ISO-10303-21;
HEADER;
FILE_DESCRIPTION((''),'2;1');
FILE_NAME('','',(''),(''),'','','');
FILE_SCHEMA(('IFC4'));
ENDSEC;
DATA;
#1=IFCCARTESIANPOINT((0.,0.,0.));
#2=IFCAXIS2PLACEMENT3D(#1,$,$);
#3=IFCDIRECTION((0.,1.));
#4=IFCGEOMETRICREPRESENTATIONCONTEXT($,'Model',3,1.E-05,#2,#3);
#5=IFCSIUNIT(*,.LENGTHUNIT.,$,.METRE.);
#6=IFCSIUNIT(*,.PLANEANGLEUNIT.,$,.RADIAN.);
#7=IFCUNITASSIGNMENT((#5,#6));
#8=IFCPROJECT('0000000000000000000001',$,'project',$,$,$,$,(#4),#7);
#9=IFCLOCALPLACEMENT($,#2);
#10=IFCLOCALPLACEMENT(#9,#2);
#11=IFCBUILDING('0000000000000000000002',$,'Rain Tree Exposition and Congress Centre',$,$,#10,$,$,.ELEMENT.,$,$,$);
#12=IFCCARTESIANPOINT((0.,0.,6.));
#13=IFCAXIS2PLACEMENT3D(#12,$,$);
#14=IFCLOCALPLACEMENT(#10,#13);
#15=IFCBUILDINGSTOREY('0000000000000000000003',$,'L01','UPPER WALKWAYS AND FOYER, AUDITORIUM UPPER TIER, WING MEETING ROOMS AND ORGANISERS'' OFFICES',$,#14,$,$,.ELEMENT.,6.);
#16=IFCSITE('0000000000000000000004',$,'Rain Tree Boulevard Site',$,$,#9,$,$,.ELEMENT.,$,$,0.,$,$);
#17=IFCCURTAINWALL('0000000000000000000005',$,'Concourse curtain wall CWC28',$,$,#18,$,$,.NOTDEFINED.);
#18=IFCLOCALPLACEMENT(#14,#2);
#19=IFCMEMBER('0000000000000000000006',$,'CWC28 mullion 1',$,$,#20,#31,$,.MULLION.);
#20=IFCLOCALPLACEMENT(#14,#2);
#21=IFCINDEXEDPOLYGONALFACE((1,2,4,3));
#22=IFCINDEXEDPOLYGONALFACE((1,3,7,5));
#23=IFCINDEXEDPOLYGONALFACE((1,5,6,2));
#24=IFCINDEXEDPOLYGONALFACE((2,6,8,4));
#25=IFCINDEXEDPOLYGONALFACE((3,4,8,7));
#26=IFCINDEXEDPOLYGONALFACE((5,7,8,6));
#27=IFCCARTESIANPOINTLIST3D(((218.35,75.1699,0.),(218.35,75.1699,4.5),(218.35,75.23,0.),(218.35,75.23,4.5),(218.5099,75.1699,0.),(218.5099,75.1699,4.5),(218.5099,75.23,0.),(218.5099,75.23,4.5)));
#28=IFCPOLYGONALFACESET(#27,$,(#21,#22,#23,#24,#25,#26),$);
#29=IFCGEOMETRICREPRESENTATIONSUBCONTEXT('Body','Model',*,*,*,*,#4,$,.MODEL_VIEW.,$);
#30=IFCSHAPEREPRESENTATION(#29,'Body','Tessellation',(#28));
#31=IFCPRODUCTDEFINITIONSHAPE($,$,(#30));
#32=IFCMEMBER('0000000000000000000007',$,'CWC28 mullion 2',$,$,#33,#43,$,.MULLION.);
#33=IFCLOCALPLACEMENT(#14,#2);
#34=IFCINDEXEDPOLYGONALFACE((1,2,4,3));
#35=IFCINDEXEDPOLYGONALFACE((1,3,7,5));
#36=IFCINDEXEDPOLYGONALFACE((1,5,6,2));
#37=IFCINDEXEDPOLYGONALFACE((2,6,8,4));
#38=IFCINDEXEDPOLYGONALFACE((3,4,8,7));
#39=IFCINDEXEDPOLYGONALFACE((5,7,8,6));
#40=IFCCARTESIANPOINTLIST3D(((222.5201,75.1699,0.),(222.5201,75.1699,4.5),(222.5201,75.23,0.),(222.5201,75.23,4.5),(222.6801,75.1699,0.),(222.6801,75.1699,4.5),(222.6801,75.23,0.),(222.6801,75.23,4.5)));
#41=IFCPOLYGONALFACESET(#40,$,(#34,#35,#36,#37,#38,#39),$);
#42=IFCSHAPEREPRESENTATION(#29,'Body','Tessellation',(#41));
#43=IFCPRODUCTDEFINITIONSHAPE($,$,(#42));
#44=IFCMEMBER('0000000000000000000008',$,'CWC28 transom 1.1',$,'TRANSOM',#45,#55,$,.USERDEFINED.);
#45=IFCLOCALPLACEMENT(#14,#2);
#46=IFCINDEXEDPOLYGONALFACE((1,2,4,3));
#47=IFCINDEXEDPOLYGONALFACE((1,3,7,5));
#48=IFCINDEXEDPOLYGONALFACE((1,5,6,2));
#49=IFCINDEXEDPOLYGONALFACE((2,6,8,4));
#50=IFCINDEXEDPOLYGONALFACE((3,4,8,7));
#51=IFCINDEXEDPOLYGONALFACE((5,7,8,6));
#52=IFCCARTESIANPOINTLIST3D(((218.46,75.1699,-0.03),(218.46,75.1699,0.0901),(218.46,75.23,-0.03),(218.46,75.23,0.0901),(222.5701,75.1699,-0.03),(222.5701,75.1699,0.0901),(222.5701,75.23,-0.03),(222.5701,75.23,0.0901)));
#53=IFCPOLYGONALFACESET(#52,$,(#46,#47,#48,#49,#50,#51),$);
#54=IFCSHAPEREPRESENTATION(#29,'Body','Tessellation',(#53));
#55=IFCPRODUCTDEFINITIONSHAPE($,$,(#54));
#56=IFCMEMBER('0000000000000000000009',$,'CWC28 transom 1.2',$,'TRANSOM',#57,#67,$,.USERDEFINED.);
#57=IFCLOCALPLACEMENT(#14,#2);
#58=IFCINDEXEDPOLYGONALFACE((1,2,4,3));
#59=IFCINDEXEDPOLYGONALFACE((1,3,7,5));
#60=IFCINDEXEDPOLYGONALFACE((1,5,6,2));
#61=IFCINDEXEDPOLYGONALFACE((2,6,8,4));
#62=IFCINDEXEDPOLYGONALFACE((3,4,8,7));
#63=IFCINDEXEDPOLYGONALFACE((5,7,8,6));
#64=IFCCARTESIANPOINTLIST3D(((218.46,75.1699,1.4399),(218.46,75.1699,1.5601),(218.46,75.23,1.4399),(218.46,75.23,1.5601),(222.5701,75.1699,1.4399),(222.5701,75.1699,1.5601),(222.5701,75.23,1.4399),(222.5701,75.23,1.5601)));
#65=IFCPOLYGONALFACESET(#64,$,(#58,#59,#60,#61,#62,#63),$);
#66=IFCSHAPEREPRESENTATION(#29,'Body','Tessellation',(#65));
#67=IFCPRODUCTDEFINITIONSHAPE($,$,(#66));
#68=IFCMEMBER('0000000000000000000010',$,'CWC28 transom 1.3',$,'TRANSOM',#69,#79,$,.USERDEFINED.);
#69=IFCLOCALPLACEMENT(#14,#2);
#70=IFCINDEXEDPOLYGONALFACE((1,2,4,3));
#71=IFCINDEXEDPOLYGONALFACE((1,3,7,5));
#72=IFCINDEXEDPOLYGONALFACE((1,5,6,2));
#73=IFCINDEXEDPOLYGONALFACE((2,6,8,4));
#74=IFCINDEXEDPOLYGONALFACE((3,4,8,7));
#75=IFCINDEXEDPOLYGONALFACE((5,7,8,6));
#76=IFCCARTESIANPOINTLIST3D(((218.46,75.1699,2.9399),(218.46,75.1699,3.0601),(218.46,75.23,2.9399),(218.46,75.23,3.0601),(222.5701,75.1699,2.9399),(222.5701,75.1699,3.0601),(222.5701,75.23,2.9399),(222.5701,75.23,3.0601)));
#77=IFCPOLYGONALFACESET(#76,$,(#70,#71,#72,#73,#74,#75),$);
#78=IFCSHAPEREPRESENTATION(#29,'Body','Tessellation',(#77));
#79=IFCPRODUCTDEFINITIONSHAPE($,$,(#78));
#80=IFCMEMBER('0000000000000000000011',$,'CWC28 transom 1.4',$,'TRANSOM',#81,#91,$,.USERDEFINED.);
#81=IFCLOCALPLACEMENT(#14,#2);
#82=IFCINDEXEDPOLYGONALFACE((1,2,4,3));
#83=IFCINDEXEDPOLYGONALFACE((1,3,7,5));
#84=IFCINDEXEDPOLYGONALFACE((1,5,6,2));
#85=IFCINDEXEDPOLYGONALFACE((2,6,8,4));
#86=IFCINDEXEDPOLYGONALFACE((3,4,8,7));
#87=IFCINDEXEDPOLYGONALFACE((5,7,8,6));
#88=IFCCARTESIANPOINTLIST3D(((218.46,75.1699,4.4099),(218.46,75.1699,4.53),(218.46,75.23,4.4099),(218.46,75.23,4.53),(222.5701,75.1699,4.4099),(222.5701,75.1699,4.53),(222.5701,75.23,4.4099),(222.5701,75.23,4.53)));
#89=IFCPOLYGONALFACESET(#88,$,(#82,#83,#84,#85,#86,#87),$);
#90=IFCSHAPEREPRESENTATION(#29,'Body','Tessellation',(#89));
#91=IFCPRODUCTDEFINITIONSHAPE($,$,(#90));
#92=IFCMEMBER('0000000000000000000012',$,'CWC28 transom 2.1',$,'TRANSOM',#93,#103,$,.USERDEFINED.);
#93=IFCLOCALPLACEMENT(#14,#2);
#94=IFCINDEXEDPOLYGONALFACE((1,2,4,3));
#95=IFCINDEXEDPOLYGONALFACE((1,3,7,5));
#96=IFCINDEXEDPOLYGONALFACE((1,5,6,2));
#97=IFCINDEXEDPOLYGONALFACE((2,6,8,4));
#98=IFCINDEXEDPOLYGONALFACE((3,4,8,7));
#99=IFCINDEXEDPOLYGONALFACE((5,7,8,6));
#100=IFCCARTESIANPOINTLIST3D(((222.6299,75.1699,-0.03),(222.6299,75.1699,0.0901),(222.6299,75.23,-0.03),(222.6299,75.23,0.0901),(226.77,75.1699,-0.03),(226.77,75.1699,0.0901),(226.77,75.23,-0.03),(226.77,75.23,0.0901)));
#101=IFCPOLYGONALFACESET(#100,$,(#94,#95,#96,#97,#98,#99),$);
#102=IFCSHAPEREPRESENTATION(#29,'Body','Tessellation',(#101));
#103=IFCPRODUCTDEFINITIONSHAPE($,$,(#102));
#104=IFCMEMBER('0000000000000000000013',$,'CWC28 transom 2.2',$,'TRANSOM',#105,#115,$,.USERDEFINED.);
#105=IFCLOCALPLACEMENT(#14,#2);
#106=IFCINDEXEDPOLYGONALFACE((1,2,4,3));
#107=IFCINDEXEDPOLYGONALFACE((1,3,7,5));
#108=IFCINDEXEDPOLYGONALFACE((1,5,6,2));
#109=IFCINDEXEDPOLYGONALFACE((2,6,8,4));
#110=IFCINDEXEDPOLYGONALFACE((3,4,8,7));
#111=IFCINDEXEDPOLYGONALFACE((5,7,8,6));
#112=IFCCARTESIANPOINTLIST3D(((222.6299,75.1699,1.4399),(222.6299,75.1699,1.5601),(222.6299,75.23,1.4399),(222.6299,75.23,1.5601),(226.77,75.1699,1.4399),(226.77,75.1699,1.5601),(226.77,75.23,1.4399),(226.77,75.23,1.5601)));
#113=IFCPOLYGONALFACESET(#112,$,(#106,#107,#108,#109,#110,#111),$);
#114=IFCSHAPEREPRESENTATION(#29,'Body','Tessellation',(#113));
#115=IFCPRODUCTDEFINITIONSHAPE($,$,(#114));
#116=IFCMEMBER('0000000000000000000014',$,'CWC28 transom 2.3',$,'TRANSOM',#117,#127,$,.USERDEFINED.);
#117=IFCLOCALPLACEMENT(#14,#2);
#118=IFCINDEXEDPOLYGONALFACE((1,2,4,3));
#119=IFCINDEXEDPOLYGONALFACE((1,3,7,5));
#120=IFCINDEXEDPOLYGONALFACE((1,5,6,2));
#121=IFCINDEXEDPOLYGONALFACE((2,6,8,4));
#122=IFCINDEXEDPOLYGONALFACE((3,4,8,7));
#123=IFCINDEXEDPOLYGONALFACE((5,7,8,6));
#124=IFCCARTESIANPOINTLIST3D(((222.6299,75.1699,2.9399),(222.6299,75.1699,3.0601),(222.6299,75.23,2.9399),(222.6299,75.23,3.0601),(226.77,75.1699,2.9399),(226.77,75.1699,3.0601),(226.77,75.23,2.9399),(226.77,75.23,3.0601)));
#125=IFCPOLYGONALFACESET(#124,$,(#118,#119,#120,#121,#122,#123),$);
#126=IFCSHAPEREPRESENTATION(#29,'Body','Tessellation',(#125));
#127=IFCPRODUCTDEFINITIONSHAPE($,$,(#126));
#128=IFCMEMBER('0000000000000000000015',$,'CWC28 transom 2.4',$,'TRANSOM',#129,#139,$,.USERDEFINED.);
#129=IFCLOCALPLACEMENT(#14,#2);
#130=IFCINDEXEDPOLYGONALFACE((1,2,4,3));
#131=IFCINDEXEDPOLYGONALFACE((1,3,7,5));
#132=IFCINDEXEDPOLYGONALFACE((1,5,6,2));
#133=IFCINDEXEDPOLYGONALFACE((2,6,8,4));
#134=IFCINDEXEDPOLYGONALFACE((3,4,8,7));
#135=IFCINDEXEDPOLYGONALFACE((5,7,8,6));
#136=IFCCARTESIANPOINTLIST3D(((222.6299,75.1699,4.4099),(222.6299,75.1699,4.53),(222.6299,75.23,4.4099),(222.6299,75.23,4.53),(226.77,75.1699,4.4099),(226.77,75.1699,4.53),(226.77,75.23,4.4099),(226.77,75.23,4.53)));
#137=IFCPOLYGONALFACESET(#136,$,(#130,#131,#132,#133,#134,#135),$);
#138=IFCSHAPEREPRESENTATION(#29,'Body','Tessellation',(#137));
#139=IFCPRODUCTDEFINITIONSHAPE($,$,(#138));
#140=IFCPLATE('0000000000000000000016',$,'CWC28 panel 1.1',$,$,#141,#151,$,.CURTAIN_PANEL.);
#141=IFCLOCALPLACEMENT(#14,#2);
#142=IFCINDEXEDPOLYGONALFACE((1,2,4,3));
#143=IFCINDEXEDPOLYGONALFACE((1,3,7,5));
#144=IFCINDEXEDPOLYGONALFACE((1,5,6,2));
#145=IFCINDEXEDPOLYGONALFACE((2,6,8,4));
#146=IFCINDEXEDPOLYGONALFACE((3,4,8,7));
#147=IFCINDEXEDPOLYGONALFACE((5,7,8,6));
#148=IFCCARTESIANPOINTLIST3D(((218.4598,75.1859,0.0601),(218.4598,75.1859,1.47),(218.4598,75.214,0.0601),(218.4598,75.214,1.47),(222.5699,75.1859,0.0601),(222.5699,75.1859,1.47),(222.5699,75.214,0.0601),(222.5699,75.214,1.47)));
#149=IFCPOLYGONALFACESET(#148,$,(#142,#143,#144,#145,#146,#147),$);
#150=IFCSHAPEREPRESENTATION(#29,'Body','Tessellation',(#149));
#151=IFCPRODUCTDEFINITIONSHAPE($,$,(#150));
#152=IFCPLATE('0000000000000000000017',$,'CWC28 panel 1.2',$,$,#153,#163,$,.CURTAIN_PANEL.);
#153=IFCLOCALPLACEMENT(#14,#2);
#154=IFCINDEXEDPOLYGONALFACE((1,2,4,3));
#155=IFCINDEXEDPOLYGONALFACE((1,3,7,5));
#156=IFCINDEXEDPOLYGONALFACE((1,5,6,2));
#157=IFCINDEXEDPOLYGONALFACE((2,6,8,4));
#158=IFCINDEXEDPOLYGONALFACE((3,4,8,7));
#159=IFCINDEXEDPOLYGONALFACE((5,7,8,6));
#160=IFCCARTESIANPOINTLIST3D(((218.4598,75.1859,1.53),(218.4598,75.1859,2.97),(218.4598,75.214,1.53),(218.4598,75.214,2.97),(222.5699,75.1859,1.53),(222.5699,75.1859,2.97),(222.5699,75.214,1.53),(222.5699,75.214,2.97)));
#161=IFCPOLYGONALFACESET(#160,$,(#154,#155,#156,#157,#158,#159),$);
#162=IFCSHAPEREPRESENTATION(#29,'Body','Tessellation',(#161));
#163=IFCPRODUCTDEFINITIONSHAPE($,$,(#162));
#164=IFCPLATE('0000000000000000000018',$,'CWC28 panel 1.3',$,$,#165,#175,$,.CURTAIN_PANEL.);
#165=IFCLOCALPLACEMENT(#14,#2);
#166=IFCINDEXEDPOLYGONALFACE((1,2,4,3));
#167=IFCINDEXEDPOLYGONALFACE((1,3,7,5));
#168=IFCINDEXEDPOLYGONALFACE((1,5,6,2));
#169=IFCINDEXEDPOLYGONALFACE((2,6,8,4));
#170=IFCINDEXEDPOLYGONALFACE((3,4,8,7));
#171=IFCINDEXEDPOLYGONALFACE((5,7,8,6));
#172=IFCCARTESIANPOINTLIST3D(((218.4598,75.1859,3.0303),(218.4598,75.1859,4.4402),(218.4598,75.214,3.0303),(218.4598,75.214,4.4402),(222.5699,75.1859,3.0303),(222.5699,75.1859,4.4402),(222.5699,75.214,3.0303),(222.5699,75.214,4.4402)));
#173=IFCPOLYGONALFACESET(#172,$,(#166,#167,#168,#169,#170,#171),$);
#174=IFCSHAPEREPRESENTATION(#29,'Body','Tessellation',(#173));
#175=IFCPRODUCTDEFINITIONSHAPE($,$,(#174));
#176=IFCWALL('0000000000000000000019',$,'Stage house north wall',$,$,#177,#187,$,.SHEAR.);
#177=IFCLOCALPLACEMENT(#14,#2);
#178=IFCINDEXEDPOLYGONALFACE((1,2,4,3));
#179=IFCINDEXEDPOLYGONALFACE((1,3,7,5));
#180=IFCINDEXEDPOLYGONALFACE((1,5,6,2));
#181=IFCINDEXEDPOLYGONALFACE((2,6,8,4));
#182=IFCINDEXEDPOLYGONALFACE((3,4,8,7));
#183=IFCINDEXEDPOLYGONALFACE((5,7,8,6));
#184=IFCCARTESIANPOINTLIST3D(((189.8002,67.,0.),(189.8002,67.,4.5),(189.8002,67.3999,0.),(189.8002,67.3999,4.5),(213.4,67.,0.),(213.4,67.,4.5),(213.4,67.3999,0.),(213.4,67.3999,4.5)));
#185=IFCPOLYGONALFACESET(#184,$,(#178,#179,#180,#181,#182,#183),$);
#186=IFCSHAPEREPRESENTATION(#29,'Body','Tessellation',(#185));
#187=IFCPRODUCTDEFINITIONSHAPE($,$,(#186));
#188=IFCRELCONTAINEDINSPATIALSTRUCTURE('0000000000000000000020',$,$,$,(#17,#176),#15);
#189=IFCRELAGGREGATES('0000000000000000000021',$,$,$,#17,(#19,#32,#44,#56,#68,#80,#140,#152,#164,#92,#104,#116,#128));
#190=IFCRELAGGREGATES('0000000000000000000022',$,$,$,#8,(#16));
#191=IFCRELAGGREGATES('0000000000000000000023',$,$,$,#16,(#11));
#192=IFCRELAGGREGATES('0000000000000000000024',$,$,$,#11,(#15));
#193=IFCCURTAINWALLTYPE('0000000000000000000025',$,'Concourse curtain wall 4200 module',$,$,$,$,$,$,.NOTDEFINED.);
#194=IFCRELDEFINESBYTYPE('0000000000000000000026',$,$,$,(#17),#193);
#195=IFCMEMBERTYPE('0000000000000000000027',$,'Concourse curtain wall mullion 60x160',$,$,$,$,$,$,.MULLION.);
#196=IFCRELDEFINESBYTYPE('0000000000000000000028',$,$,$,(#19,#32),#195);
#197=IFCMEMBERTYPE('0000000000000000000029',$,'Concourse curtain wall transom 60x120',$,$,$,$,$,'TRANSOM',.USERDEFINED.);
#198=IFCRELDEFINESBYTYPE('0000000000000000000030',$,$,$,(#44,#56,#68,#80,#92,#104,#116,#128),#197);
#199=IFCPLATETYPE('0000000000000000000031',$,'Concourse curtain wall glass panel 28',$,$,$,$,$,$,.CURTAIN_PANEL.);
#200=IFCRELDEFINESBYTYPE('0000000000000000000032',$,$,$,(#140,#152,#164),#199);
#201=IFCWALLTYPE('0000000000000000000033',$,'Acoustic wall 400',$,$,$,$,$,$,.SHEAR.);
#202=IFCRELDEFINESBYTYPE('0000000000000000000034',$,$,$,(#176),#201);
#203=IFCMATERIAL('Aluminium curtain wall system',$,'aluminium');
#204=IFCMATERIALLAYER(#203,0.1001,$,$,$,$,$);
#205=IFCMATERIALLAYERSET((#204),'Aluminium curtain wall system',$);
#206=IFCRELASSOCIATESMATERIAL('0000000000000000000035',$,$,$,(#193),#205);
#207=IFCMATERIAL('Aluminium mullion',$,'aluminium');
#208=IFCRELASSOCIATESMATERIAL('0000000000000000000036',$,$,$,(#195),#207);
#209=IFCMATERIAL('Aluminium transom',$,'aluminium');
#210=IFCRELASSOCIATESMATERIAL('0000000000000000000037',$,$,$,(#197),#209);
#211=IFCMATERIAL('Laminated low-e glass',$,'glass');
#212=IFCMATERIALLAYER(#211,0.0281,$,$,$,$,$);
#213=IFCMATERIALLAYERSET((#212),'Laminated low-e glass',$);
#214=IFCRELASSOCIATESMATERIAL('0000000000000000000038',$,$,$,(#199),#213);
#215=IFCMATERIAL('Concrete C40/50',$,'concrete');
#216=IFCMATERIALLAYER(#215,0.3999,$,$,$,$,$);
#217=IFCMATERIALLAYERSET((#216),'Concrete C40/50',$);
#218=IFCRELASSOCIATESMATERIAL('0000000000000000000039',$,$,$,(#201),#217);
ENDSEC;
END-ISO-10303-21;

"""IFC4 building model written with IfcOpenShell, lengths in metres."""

from ifc_helpers import new_model, si_unit, direction, frame, frame_2d, origin, origin_2d, place, context, subcontext, project, spatial, rectangle, extrude, material, layer, layer_set, material_profile, profile_set, type_object, element, aggregate, save


model = new_model("IFC4")

# Units and contexts
model_context = context("Model", 3, precision=1e-05, world=origin(), true_north=direction((0.0, 1.0)))
body_context = subcontext(model_context, "Body", "Model", "MODEL_VIEW")
ifc_project = project(units=[si_unit("LENGTHUNIT", "METRE"), si_unit("PLANEANGLEUNIT", "RADIAN")], contexts=[model_context])

# Site, building, storey
site_placement = place(None, origin())
site = spatial("IfcSite", under=ifc_project, at=site_placement, Name="Rain Tree Boulevard Site", CompositionType="ELEMENT", RefElevation=0.0)
building_placement = place(site_placement, origin())
building = spatial("IfcBuilding", under=site, at=building_placement, Name="Rain Tree Exposition and Congress Centre", CompositionType="ELEMENT")
storey_placement = place(building_placement, frame((0.0, 0.0, 6.0)))
storey = spatial("IfcBuildingStorey", under=building, at=storey_placement, Name="L01", Description="UPPER WALKWAYS AND FOYER, AUDITORIUM UPPER TIER, WING MEETING ROOMS AND ORGANISERS' OFFICES", CompositionType="ELEMENT", Elevation=6.0)

# Curtain wall, members, plates
ifc_material_1 = material(Name="Aluminium curtain wall system", Category="aluminium")
ifc_layer_1 = layer(ifc_material_1, 0.1001)
ifc_layer_set_1 = layer_set([ifc_layer_1], Name="Aluminium curtain wall system")
curtain_wall_type = type_object("IfcCurtainWallType", Name="Concourse curtain wall 4200 module", PredefinedType="NOTDEFINED", material=ifc_layer_set_1)
curtain_wall_placement = place(storey_placement, origin())
curtain_wall = element("IfcCurtainWall", 1, at=curtain_wall_placement, inside=storey, type_object=curtain_wall_type, Name="Concourse curtain wall CWC28", PredefinedType="NOTDEFINED")
ifc_material_2 = material(Name="Aluminium mullion", Category="aluminium")
ifc_material_profile_1 = material_profile(ifc_material_2, rectangle(XDim=0.0601, YDim=0.1599, at=origin_2d()), Name="AL 60x160")
ifc_profile_set_1 = profile_set([ifc_material_profile_1], Name="Aluminium mullion")
member_type_1 = type_object("IfcMemberType", Name="Concourse curtain wall mullion 60x160", PredefinedType="MULLION", material=ifc_profile_set_1)
member_1_placement = place(storey_placement, frame((218.4299, 75.2, 0.0), z_axis=(0.0, 0.0, 1.0), x_axis=(0.0, 1.0, 0.0)))
member_1 = element("IfcMember", 2, at=member_1_placement, type_object=member_type_1, Name="CWC28 mullion 1", PredefinedType="MULLION", context=body_context, shape_type="SweptSolid", body=[
    extrude(rectangle(XDim=0.0601, YDim=0.1599, at=origin_2d()), origin(), (0.0, 0.0, 1.0), 4.5),
])
member_2_placement = place(storey_placement, frame((222.6001, 75.2, 0.0), z_axis=(0.0, 0.0, 1.0), x_axis=(0.0, 1.0, 0.0)))
member_2 = element("IfcMember", 3, at=member_2_placement, type_object=member_type_1, Name="CWC28 mullion 2", PredefinedType="MULLION", context=body_context, shape_type="SweptSolid", body=[
    extrude(rectangle(XDim=0.0601, YDim=0.1599, at=origin_2d()), origin(), (0.0, 0.0, 1.0), 4.5),
])
ifc_material_3 = material(Name="Aluminium transom", Category="aluminium")
ifc_material_profile_2 = material_profile(ifc_material_3, rectangle(XDim=0.0601, YDim=0.1201, at=origin_2d()), Name="AL 60x120")
ifc_profile_set_2 = profile_set([ifc_material_profile_2], Name="Aluminium transom")
member_type_2 = type_object("IfcMemberType", Name="Concourse curtain wall transom 60x120", ElementType="TRANSOM", PredefinedType="USERDEFINED", material=ifc_profile_set_2)
member_3_placement = place(storey_placement, frame((218.46, 75.2, 0.03), z_axis=(1.0, 0.0, 0.0), x_axis=(0.0, 1.0, 0.0)))
member_3 = element("IfcMember", 4, at=member_3_placement, type_object=member_type_2, Name="CWC28 transom 1.1", ObjectType="TRANSOM", PredefinedType="USERDEFINED", context=body_context, shape_type="SweptSolid", body=[
    extrude(rectangle(XDim=0.0601, YDim=0.1201, at=origin_2d()), origin(), (0.0, 0.0, 1.0), 4.1101),
])
member_4_placement = place(storey_placement, frame((218.46, 75.2, 1.5), z_axis=(1.0, 0.0, 0.0), x_axis=(0.0, 1.0, 0.0)))
member_4 = element("IfcMember", 5, at=member_4_placement, type_object=member_type_2, Name="CWC28 transom 1.2", ObjectType="TRANSOM", PredefinedType="USERDEFINED", context=body_context, shape_type="SweptSolid", body=[
    extrude(rectangle(XDim=0.0601, YDim=0.1201, at=origin_2d()), origin(), (0.0, 0.0, 1.0), 4.1101),
])
member_5_placement = place(storey_placement, frame((218.46, 75.2, 3.0), z_axis=(1.0, 0.0, 0.0), x_axis=(0.0, 1.0, 0.0)))
member_5 = element("IfcMember", 6, at=member_5_placement, type_object=member_type_2, Name="CWC28 transom 1.3", ObjectType="TRANSOM", PredefinedType="USERDEFINED", context=body_context, shape_type="SweptSolid", body=[
    extrude(rectangle(XDim=0.0601, YDim=0.1201, at=origin_2d()), origin(), (0.0, 0.0, 1.0), 4.1101),
])
member_6_placement = place(storey_placement, frame((218.46, 75.2, 4.47), z_axis=(1.0, 0.0, 0.0), x_axis=(0.0, 1.0, 0.0)))
member_6 = element("IfcMember", 7, at=member_6_placement, type_object=member_type_2, Name="CWC28 transom 1.4", ObjectType="TRANSOM", PredefinedType="USERDEFINED", context=body_context, shape_type="SweptSolid", body=[
    extrude(rectangle(XDim=0.0601, YDim=0.1201, at=origin_2d()), origin(), (0.0, 0.0, 1.0), 4.1101),
])
member_7_placement = place(storey_placement, frame((222.6299, 75.2, 0.03), z_axis=(1.0, 0.0, 0.0), x_axis=(0.0, 1.0, 0.0)))
member_7 = element("IfcMember", 8, at=member_7_placement, type_object=member_type_2, Name="CWC28 transom 2.1", ObjectType="TRANSOM", PredefinedType="USERDEFINED", context=body_context, shape_type="SweptSolid", body=[
    extrude(rectangle(XDim=0.0601, YDim=0.1201, at=origin_2d()), origin(), (0.0, 0.0, 1.0), 4.1401),
])
member_8_placement = place(storey_placement, frame((222.6299, 75.2, 1.5), z_axis=(1.0, 0.0, 0.0), x_axis=(0.0, 1.0, 0.0)))
member_8 = element("IfcMember", 9, at=member_8_placement, type_object=member_type_2, Name="CWC28 transom 2.2", ObjectType="TRANSOM", PredefinedType="USERDEFINED", context=body_context, shape_type="SweptSolid", body=[
    extrude(rectangle(XDim=0.0601, YDim=0.1201, at=origin_2d()), origin(), (0.0, 0.0, 1.0), 4.1401),
])
member_9_placement = place(storey_placement, frame((222.6299, 75.2, 3.0), z_axis=(1.0, 0.0, 0.0), x_axis=(0.0, 1.0, 0.0)))
member_9 = element("IfcMember", 10, at=member_9_placement, type_object=member_type_2, Name="CWC28 transom 2.3", ObjectType="TRANSOM", PredefinedType="USERDEFINED", context=body_context, shape_type="SweptSolid", body=[
    extrude(rectangle(XDim=0.0601, YDim=0.1201, at=origin_2d()), origin(), (0.0, 0.0, 1.0), 4.1401),
])
member_10_placement = place(storey_placement, frame((222.6299, 75.2, 4.47), z_axis=(1.0, 0.0, 0.0), x_axis=(0.0, 1.0, 0.0)))
member_10 = element("IfcMember", 11, at=member_10_placement, type_object=member_type_2, Name="CWC28 transom 2.4", ObjectType="TRANSOM", PredefinedType="USERDEFINED", context=body_context, shape_type="SweptSolid", body=[
    extrude(rectangle(XDim=0.0601, YDim=0.1201, at=origin_2d()), origin(), (0.0, 0.0, 1.0), 4.1401),
])
ifc_material_4 = material(Name="Laminated low-e glass", Category="glass")
ifc_layer_2 = layer(ifc_material_4, 0.0281)
ifc_layer_set_2 = layer_set([ifc_layer_2], Name="Laminated low-e glass")
plate_type = type_object("IfcPlateType", Name="Concourse curtain wall glass panel 28", PredefinedType="CURTAIN_PANEL", material=ifc_layer_set_2)
plate_1_placement = place(storey_placement, frame((220.5149, 75.2, 0.0601), z_axis=(0.0, 0.0, 1.0), x_axis=(1.0, 0.0, 0.0)))
plate_1 = element("IfcPlate", 12, at=plate_1_placement, type_object=plate_type, Name="CWC28 panel 1.1", PredefinedType="CURTAIN_PANEL", context=body_context, shape_type="SweptSolid", body=[
    extrude(rectangle(XDim=4.1101, YDim=0.0281, at=origin_2d()), origin(), (0.0, 0.0, 1.0), 1.4099),
])
plate_2_placement = place(storey_placement, frame((220.5149, 75.2, 1.53), z_axis=(0.0, 0.0, 1.0), x_axis=(1.0, 0.0, 0.0)))
plate_2 = element("IfcPlate", 13, at=plate_2_placement, type_object=plate_type, Name="CWC28 panel 1.2", PredefinedType="CURTAIN_PANEL", context=body_context, shape_type="SweptSolid", body=[
    extrude(rectangle(XDim=4.1101, YDim=0.0281, at=origin_2d()), origin(), (0.0, 0.0, 1.0), 1.4399),
])
plate_3_placement = place(storey_placement, frame((220.5149, 75.2, 3.0303), z_axis=(0.0, 0.0, 1.0), x_axis=(1.0, 0.0, 0.0)))
plate_3 = element("IfcPlate", 14, at=plate_3_placement, type_object=plate_type, Name="CWC28 panel 1.3", PredefinedType="CURTAIN_PANEL", context=body_context, shape_type="SweptSolid", body=[
    extrude(rectangle(XDim=4.1101, YDim=0.0281, at=origin_2d()), origin(), (0.0, 0.0, 1.0), 1.4099),
])
aggregate(curtain_wall, [member_1, member_2, member_3, member_4, member_5, member_6, plate_1, plate_2, plate_3, member_7, member_8, member_9, member_10])

# Wall
ifc_material_5 = material(Name="Concrete C40/50", Category="concrete")
ifc_layer_3 = layer(ifc_material_5, 0.3999)
ifc_layer_set_3 = layer_set([ifc_layer_3], Name="Concrete C40/50")
wall_type = type_object("IfcWallType", Name="Acoustic wall 400", PredefinedType="SHEAR", material=ifc_layer_set_3)
wall_placement = place(storey_placement, frame((213.3999, 67.2, 0.0), z_axis=(0.0, 0.0, 1.0), x_axis=(-1.0, 0.0, 0.0)))
element("IfcWall", 15, at=wall_placement, inside=storey, type_object=wall_type, Name="Stage house north wall", PredefinedType="SHEAR", context=body_context, shape_type="SweptSolid", body=[
    extrude(rectangle(XDim=23.5999, YDim=0.3999, at=frame_2d((11.7998, 0.0))), origin(), (0.0, 0.0, 1.0), 4.5),
])

save(model, "model.ifc")
